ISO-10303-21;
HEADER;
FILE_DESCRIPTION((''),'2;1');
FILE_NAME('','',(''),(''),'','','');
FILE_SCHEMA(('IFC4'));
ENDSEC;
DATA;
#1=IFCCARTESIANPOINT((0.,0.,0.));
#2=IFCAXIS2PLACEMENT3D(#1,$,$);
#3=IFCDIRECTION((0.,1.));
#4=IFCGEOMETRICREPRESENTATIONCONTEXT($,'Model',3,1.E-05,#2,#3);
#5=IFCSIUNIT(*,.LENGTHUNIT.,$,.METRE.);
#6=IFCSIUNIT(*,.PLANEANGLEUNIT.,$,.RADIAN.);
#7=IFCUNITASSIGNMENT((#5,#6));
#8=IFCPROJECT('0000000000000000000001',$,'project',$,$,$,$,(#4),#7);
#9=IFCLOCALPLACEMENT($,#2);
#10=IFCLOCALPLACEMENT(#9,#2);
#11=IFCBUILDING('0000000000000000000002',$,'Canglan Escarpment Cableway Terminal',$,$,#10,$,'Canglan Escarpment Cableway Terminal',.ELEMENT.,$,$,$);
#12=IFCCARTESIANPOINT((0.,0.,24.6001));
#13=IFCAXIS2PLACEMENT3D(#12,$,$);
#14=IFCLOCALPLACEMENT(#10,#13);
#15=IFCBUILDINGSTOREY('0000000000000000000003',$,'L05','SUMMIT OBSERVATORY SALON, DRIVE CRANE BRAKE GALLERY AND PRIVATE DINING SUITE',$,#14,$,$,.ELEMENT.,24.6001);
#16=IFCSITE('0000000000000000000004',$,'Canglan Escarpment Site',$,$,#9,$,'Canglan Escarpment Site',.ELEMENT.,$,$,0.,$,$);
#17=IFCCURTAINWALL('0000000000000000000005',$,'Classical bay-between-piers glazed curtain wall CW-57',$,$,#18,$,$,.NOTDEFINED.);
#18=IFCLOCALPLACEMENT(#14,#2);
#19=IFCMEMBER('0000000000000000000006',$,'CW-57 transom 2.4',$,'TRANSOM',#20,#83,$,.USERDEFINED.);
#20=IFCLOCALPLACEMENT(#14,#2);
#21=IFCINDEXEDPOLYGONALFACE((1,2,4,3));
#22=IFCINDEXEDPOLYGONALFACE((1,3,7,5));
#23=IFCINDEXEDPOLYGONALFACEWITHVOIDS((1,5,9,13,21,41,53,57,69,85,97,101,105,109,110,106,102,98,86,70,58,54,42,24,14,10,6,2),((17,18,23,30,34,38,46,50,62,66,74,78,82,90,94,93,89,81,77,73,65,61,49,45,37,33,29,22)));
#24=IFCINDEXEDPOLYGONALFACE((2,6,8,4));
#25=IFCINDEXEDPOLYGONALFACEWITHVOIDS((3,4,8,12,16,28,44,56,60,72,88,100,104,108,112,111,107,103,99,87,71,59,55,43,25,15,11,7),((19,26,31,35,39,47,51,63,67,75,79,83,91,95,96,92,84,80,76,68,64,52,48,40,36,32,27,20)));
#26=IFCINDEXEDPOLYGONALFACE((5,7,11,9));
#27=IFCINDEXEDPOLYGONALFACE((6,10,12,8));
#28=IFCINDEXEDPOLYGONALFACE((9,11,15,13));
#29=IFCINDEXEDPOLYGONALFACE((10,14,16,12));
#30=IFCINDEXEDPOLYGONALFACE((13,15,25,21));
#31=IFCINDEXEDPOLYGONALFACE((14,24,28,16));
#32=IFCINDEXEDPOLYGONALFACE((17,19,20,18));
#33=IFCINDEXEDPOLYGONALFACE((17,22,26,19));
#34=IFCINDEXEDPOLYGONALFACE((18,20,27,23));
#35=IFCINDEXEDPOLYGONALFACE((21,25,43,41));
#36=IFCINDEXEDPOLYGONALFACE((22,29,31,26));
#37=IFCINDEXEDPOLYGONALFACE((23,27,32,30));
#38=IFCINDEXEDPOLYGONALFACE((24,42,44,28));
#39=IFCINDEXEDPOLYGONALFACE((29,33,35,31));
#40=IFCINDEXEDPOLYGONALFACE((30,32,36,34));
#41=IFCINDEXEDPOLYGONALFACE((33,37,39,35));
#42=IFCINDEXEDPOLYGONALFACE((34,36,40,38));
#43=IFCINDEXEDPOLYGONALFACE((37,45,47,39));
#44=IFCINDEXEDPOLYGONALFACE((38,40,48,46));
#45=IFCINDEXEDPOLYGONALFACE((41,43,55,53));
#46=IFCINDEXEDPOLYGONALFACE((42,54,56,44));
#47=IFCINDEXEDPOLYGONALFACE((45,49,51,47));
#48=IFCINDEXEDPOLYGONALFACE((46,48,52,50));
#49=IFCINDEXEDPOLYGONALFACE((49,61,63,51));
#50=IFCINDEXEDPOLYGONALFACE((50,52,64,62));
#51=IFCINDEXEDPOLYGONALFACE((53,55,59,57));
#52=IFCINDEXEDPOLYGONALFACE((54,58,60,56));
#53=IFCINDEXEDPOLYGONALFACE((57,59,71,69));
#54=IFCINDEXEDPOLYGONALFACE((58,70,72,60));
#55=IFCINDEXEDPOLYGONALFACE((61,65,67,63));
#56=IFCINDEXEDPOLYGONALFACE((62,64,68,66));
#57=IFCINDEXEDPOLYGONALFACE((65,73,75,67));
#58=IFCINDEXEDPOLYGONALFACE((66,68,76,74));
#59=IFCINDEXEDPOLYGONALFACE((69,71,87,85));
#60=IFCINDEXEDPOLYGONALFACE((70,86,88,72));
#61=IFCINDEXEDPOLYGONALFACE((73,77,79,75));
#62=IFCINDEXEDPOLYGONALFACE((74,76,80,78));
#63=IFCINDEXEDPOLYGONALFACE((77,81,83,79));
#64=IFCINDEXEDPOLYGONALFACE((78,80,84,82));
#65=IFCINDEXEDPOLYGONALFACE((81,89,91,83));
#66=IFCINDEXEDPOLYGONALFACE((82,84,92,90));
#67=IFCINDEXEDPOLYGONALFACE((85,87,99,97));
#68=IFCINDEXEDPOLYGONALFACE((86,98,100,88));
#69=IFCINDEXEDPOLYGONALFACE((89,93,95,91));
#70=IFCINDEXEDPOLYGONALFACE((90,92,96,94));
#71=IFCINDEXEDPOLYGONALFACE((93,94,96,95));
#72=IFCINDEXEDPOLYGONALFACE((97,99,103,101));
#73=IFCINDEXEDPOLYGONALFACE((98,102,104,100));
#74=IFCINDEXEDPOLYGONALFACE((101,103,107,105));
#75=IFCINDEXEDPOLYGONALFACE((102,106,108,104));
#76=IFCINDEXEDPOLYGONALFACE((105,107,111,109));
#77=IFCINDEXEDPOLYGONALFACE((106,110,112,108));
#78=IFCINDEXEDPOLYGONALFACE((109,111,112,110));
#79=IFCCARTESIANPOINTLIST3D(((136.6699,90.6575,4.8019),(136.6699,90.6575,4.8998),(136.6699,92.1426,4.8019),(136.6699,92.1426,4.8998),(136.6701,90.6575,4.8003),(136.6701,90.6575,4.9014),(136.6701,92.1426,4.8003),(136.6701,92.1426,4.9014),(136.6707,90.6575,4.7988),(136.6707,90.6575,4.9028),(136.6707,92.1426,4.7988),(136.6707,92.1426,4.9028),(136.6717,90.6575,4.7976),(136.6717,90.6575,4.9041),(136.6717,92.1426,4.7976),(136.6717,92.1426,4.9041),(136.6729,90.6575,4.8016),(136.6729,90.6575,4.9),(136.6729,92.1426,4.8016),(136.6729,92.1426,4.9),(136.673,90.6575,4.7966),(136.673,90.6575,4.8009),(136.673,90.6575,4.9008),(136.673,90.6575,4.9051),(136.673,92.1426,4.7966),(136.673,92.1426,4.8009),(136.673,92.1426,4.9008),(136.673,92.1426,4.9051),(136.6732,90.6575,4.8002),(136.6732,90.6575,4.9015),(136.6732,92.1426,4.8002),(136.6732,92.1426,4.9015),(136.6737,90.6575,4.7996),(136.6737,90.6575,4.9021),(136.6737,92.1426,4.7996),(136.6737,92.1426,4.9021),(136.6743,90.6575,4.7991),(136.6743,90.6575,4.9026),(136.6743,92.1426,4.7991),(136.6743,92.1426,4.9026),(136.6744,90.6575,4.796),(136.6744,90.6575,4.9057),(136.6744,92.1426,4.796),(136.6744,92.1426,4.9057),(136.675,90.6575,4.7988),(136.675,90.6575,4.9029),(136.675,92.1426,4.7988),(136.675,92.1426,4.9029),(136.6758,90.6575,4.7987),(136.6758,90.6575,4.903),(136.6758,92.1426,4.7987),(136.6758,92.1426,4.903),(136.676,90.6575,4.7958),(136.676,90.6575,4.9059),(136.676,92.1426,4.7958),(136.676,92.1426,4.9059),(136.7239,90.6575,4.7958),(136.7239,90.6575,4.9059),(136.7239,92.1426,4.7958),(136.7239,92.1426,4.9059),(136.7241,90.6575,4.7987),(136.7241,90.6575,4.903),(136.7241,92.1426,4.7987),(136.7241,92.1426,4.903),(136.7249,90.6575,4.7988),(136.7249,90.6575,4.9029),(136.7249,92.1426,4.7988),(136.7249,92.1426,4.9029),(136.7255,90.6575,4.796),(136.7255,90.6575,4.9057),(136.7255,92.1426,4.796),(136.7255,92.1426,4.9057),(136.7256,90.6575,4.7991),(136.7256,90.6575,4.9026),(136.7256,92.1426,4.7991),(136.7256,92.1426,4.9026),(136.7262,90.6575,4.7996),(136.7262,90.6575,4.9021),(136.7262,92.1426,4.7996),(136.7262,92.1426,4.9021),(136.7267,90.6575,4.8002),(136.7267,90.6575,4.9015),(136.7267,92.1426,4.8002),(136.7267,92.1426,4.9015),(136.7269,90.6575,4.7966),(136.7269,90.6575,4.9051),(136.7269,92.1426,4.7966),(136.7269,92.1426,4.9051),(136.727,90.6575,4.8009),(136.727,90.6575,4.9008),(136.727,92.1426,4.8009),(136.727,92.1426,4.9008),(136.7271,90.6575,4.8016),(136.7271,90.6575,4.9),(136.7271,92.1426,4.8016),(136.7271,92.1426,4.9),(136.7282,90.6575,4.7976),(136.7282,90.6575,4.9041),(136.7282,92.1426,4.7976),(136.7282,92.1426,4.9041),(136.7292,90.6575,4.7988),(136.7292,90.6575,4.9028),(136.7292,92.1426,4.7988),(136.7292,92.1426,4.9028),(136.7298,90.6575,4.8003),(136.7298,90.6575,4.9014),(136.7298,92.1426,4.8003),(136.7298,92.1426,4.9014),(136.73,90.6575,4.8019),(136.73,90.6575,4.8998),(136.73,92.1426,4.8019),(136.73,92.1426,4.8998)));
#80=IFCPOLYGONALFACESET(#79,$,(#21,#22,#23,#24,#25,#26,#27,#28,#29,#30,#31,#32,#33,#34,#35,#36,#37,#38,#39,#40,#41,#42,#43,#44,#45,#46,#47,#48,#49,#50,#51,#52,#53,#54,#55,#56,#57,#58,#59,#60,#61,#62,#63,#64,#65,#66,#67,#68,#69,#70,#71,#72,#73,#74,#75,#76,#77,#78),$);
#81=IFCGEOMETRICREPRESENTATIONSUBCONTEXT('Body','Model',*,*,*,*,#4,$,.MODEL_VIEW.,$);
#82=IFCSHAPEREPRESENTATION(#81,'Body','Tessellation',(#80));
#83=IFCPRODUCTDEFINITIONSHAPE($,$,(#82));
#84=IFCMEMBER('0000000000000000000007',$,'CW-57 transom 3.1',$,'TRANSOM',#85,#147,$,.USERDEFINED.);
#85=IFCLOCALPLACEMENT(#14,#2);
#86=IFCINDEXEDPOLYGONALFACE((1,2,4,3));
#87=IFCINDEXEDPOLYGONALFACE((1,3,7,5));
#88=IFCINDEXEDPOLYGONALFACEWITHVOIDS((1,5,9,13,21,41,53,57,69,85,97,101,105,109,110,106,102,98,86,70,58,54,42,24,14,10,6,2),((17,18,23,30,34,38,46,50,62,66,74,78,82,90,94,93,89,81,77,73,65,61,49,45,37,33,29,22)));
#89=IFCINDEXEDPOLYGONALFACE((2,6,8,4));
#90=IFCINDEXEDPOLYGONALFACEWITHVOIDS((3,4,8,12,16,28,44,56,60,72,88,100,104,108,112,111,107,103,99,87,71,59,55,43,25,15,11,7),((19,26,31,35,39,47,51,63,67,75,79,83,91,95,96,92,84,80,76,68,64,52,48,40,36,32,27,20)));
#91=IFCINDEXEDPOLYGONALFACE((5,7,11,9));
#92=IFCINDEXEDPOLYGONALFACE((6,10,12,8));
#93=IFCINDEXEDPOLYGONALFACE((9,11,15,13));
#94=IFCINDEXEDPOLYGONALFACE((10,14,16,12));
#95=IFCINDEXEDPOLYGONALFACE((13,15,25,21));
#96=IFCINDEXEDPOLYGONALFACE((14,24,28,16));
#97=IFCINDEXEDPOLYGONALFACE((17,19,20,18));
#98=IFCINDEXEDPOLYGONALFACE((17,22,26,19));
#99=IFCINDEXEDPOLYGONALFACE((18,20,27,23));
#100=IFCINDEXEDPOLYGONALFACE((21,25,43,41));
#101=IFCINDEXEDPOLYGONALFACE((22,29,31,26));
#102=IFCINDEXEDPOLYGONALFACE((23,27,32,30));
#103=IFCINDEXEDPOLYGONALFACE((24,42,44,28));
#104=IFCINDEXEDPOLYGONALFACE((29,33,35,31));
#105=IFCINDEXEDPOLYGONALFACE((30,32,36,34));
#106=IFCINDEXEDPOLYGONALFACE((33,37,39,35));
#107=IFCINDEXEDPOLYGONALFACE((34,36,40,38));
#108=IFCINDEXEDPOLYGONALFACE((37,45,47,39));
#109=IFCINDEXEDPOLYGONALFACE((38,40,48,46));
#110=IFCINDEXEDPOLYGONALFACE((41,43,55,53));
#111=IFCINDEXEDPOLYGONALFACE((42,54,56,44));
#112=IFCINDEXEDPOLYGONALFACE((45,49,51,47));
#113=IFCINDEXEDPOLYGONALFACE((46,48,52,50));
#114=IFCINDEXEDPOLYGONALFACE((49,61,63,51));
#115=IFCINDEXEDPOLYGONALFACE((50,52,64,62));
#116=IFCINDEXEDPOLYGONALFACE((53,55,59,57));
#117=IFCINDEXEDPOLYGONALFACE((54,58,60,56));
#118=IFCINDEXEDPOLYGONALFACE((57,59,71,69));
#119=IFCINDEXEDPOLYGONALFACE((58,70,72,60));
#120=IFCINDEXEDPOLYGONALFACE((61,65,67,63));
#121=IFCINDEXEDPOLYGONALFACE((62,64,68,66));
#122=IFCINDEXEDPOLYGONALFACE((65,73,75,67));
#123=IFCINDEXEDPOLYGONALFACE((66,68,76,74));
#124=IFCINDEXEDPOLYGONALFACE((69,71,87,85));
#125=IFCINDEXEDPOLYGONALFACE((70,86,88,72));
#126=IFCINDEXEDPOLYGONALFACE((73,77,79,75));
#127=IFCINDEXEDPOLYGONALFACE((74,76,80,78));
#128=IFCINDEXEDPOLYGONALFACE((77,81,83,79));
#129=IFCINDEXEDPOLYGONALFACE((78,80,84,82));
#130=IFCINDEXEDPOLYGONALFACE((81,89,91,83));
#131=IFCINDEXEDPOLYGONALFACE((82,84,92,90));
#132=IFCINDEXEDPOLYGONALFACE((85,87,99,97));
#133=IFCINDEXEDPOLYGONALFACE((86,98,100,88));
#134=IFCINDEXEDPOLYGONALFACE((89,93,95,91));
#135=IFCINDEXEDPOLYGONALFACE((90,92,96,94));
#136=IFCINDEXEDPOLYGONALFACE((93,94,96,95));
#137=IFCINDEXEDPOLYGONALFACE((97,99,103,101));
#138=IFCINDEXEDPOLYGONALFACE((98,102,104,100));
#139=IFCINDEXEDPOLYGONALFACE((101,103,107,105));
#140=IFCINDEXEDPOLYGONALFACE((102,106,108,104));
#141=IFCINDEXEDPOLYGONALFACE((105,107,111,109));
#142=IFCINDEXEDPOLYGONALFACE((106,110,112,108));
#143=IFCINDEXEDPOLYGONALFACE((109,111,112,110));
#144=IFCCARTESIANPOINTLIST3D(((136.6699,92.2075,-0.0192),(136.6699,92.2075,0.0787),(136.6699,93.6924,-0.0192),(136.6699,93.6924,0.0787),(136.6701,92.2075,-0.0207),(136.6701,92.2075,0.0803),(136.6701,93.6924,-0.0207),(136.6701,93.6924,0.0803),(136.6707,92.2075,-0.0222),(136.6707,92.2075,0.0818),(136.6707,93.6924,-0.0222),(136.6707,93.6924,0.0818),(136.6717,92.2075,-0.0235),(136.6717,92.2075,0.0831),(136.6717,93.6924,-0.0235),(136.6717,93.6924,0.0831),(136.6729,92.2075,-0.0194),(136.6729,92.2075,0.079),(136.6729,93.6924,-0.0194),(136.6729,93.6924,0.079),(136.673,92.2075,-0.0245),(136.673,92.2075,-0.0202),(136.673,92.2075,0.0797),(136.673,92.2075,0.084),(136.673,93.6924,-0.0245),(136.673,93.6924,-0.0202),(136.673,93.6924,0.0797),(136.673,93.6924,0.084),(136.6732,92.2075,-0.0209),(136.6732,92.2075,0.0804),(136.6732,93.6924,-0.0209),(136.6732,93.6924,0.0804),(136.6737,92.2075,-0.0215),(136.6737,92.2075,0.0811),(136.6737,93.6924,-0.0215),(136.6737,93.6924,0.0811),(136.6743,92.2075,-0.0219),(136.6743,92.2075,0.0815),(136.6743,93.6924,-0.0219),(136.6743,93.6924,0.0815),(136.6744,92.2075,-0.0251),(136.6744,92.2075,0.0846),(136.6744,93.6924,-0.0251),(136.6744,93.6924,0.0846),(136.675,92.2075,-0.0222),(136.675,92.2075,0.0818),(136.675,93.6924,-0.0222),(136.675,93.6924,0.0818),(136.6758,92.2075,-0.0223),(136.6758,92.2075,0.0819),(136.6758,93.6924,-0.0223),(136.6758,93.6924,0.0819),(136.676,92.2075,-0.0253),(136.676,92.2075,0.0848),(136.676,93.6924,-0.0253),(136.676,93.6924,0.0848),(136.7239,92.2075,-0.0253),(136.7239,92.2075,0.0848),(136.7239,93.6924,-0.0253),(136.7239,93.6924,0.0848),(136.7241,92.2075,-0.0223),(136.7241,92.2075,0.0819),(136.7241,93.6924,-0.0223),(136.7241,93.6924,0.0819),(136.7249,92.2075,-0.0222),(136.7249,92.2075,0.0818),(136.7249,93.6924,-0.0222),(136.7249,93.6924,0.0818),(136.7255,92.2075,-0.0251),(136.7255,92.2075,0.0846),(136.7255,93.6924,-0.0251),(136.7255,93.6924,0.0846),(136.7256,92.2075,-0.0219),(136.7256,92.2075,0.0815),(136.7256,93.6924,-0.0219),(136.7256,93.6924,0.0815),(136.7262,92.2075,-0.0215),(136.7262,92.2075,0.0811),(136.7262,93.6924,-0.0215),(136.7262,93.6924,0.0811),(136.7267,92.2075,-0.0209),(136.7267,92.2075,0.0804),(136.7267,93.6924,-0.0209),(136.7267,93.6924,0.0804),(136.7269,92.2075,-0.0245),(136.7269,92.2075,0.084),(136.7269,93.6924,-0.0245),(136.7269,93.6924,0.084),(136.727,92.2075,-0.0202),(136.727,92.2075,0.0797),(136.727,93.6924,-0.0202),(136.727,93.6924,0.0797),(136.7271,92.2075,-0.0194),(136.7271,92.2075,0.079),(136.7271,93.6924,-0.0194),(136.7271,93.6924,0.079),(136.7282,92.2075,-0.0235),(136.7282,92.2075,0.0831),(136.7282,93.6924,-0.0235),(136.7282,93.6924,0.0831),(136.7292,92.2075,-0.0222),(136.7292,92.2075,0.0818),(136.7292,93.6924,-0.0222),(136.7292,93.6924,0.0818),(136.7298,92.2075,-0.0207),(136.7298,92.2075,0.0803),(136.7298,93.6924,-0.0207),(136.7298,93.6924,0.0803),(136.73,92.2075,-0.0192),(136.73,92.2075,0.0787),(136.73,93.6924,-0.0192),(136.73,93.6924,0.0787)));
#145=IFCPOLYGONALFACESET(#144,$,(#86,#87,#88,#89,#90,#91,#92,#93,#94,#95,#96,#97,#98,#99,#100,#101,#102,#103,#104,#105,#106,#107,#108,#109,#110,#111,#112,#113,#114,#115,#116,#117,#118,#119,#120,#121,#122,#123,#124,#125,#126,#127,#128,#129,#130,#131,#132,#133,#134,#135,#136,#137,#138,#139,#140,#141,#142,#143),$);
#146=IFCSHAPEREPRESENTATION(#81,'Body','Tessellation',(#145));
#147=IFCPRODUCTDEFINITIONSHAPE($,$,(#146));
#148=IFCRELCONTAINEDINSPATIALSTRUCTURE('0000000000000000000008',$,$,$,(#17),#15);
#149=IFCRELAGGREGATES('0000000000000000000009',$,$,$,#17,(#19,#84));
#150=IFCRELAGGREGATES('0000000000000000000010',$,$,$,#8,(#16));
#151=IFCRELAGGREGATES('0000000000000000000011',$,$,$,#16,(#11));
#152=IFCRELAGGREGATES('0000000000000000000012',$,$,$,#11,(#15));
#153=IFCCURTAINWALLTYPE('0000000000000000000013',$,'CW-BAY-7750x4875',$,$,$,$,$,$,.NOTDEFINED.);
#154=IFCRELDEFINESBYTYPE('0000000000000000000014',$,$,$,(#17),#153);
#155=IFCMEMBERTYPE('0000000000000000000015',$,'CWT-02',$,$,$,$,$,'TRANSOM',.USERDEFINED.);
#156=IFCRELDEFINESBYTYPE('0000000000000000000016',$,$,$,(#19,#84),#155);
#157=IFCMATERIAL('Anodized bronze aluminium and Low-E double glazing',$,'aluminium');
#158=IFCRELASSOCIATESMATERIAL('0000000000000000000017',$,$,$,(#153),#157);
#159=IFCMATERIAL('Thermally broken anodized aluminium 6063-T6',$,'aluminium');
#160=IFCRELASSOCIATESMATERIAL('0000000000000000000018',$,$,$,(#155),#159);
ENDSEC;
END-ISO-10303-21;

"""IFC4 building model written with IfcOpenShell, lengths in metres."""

from ifc_helpers import new_model, si_unit, direction, frame, origin, origin_2d, place, context, subcontext, project, spatial, hollow_rectangle, extrude, material, material_profile, profile_set, type_object, element, aggregate, save


model = new_model("IFC4")

# Units and contexts
model_context = context("Model", 3, precision=1e-05, world=origin(), true_north=direction((0.0, 1.0)))
body_context = subcontext(model_context, "Body", "Model", "MODEL_VIEW")
ifc_project = project(units=[si_unit("LENGTHUNIT", "METRE"), si_unit("PLANEANGLEUNIT", "RADIAN")], contexts=[model_context])

# Site, building, storey
site_placement = place(None, origin())
site = spatial("IfcSite", under=ifc_project, at=site_placement, Name="Canglan Escarpment Site", LongName="Canglan Escarpment Site", CompositionType="ELEMENT", RefElevation=0.0)
building_placement = place(site_placement, origin())
building = spatial("IfcBuilding", under=site, at=building_placement, Name="Canglan Escarpment Cableway Terminal", LongName="Canglan Escarpment Cableway Terminal", CompositionType="ELEMENT")
storey_placement = place(building_placement, frame((0.0, 0.0, 24.6001)))
storey = spatial("IfcBuildingStorey", under=building, at=storey_placement, Name="L05", Description="SUMMIT OBSERVATORY SALON, DRIVE CRANE BRAKE GALLERY AND PRIVATE DINING SUITE", CompositionType="ELEMENT", Elevation=24.6001)

# Curtain wall, members
ifc_material_1 = material(Name="Anodized bronze aluminium and Low-E double glazing", Category="aluminium")
curtain_wall_type = type_object("IfcCurtainWallType", Name="CW-BAY-7750x4875", PredefinedType="NOTDEFINED", material=ifc_material_1)
curtain_wall_placement = place(storey_placement, origin())
curtain_wall = element("IfcCurtainWall", 1, at=curtain_wall_placement, inside=storey, type_object=curtain_wall_type, Name="Classical bay-between-piers glazed curtain wall CW-57", PredefinedType="NOTDEFINED")
ifc_material_2 = material(Name="Thermally broken anodized aluminium 6063-T6", Category="aluminium")
ifc_material_profile_1 = material_profile(ifc_material_2, hollow_rectangle(XDim=0.0601, YDim=0.1101, WallThickness=0.0029, InnerFilletRadius=0.0029, OuterFilletRadius=0.0061, at=origin_2d()), Name="ALU-TRAN 60x110x3")
ifc_profile_set_1 = profile_set([ifc_material_profile_1], Name="Thermally broken anodized aluminium 6063-T6")
member_type_1 = type_object("IfcMemberType", Name="CWT-02", ElementType="TRANSOM", PredefinedType="USERDEFINED", material=ifc_profile_set_1)
member_1_placement = place(storey_placement, frame((136.7, 90.6575, 4.8508), z_axis=(0.0, 1.0, 0.0), x_axis=(-1.0, 0.0, 0.0)))
member_1 = element("IfcMember", 2, at=member_1_placement, type_object=member_type_1, Name="CW-57 transom 2.4", ObjectType="TRANSOM", PredefinedType="USERDEFINED", context=body_context, shape_type="SweptSolid", body=[
    extrude(hollow_rectangle(XDim=0.0601, YDim=0.1101, WallThickness=0.0029, InnerFilletRadius=0.0029, OuterFilletRadius=0.0061, at=origin_2d()), origin(), (0.0, 0.0, 1.0), 1.4851),
])
member_2_placement = place(storey_placement, frame((136.7, 92.2075, 0.0298), z_axis=(0.0, 1.0, 0.0), x_axis=(-1.0, 0.0, 0.0)))
member_2 = element("IfcMember", 3, at=member_2_placement, type_object=member_type_1, Name="CW-57 transom 3.1", ObjectType="TRANSOM", PredefinedType="USERDEFINED", context=body_context, shape_type="SweptSolid", body=[
    extrude(hollow_rectangle(XDim=0.0601, YDim=0.1101, WallThickness=0.0029, InnerFilletRadius=0.0029, OuterFilletRadius=0.0061, at=origin_2d()), origin(), (0.0, 0.0, 1.0), 1.4849),
])
aggregate(curtain_wall, [member_1, member_2])

save(model, "model.ifc")
